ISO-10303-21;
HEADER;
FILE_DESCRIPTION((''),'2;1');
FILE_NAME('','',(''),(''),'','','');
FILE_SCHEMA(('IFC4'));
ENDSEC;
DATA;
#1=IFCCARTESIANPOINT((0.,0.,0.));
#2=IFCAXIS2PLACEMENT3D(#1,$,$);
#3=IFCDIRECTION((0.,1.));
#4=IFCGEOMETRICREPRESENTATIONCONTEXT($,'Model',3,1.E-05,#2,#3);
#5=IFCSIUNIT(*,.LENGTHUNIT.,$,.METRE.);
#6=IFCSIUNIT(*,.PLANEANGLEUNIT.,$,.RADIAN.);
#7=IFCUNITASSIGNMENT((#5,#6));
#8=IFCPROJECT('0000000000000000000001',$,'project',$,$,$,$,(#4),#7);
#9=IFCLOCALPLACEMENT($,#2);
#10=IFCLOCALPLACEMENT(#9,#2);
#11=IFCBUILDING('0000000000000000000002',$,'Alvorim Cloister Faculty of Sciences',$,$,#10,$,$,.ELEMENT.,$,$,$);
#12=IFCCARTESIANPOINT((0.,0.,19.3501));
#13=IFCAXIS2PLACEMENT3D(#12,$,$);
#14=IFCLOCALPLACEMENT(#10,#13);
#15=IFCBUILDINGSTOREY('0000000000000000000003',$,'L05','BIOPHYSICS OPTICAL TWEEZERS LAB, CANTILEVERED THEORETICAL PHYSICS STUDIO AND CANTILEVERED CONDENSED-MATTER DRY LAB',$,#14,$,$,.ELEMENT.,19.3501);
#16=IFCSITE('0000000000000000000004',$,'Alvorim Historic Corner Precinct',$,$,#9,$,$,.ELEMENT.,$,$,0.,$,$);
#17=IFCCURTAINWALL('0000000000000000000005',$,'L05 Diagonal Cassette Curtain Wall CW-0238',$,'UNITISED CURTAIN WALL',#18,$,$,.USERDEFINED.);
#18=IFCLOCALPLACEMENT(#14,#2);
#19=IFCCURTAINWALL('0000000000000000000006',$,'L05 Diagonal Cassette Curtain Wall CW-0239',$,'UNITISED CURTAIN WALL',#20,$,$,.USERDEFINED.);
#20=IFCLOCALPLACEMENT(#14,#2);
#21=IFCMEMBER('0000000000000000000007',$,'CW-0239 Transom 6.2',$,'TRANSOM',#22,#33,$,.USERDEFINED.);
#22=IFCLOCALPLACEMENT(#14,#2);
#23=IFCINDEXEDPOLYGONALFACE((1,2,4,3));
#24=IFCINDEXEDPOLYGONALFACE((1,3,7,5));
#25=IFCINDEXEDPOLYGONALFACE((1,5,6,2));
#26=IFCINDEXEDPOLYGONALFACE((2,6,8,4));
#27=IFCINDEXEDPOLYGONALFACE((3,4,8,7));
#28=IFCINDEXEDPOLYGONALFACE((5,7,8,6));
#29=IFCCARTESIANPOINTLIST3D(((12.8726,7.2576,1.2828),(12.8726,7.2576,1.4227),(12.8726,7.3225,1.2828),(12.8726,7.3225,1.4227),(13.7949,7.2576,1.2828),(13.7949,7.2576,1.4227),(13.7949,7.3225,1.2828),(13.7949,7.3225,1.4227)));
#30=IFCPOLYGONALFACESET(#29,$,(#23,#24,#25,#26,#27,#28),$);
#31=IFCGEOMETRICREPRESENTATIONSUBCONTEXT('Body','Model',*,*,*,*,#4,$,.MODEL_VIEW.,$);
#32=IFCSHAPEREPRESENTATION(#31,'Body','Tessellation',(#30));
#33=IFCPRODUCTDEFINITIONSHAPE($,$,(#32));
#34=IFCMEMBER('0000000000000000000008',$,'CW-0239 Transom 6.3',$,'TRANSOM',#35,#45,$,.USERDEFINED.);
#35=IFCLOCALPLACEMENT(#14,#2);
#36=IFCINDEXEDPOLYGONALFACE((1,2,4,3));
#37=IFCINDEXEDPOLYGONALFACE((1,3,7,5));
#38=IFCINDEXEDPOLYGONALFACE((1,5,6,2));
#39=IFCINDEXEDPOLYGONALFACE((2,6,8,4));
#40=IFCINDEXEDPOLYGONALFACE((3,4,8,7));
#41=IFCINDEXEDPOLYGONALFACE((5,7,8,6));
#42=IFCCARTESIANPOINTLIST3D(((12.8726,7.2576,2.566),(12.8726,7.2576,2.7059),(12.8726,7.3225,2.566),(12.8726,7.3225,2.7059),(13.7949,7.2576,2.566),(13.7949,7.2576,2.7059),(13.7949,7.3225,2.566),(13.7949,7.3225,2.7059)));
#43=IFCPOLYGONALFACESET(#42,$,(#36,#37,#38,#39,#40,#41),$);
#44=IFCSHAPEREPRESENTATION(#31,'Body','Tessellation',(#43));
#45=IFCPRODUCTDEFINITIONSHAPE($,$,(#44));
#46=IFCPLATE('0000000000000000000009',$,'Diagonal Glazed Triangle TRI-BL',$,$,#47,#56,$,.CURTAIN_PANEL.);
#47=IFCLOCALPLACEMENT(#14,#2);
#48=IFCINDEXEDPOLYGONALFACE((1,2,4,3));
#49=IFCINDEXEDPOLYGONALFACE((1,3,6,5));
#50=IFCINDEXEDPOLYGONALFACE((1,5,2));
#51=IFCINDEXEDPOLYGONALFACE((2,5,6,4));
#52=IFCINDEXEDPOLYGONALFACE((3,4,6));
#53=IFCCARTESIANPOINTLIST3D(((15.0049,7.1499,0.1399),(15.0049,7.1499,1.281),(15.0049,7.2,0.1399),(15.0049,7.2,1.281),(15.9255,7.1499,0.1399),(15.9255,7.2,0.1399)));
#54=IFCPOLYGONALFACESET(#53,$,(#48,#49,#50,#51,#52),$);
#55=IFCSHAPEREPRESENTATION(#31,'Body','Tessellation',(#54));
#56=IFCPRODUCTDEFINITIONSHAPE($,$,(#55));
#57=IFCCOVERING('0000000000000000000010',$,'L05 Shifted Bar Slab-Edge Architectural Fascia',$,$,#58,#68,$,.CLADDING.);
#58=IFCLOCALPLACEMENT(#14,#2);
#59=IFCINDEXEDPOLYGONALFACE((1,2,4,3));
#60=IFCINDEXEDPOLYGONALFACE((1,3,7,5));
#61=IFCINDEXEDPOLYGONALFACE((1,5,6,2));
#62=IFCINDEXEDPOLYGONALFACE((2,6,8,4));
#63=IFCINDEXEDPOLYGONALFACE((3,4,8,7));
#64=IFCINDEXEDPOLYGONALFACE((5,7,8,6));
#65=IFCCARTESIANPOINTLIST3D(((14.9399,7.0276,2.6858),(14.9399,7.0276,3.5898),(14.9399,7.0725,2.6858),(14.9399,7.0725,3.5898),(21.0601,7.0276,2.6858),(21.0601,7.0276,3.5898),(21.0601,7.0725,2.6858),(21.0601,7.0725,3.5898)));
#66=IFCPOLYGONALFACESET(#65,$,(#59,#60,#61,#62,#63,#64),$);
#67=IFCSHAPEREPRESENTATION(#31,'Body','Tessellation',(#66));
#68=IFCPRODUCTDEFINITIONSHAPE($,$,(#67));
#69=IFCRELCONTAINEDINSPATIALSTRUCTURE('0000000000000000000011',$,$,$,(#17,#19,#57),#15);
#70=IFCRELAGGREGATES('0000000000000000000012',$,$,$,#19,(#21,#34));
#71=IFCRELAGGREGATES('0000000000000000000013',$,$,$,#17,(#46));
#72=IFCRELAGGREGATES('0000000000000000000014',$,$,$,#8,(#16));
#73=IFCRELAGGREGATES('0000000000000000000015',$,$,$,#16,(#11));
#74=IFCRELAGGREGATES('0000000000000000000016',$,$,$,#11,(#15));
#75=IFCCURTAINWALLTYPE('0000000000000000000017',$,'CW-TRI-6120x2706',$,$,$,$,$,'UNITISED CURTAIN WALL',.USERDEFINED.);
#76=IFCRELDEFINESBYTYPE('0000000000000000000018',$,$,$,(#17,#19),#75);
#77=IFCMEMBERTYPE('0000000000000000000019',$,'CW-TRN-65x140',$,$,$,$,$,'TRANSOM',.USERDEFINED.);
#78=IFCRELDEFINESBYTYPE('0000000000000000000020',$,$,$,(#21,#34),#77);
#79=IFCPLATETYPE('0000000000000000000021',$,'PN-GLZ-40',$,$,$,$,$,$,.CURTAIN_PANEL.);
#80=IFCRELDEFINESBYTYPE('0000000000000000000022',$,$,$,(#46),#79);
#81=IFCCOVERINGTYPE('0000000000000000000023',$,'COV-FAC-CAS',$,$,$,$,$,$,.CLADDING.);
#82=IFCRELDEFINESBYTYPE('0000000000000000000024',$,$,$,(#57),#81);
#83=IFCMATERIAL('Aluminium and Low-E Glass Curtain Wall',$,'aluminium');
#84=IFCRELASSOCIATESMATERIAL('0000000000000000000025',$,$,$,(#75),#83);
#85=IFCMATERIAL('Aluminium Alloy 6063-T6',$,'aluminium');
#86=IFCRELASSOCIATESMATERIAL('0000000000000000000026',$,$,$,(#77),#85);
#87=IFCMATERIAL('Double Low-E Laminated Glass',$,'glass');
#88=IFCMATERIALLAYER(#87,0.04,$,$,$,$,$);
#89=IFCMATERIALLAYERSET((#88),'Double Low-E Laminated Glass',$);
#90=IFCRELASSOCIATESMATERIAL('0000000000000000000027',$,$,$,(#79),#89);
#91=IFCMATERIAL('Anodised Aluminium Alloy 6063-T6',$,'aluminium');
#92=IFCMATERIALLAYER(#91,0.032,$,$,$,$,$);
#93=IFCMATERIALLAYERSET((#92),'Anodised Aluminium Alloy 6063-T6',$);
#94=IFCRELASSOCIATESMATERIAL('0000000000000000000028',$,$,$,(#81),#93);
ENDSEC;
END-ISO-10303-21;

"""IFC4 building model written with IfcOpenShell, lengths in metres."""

from ifc_helpers import new_model, si_unit, direction, frame, origin, origin_2d, place, context, subcontext, project, spatial, polyline, rectangle, outline, extrude, material, layer, layer_set, material_profile, profile_set, type_object, element, aggregate, save


model = new_model("IFC4")

# Units and contexts
model_context = context("Model", 3, precision=1e-05, world=origin(), true_north=direction((0.0, 1.0)))
body_context = subcontext(model_context, "Body", "Model", "MODEL_VIEW")
ifc_project = project(units=[si_unit("LENGTHUNIT", "METRE"), si_unit("PLANEANGLEUNIT", "RADIAN")], contexts=[model_context])

# Site, building, storey
site_placement = place(None, origin())
site = spatial("IfcSite", under=ifc_project, at=site_placement, Name="Alvorim Historic Corner Precinct", CompositionType="ELEMENT", RefElevation=0.0)
building_placement = place(site_placement, origin())
building = spatial("IfcBuilding", under=site, at=building_placement, Name="Alvorim Cloister Faculty of Sciences", CompositionType="ELEMENT")
storey_placement = place(building_placement, frame((0.0, 0.0, 19.3501)))
storey = spatial("IfcBuildingStorey", under=building, at=storey_placement, Name="L05", Description="BIOPHYSICS OPTICAL TWEEZERS LAB, CANTILEVERED THEORETICAL PHYSICS STUDIO AND CANTILEVERED CONDENSED-MATTER DRY LAB", CompositionType="ELEMENT", Elevation=19.3501)

# Curtain wall
ifc_material_1 = material(Name="Aluminium and Low-E Glass Curtain Wall", Category="aluminium")
curtain_wall_type = type_object("IfcCurtainWallType", Name="CW-TRI-6120x2706", ElementType="UNITISED CURTAIN WALL", PredefinedType="USERDEFINED", material=ifc_material_1)
curtain_wall_1_placement = place(storey_placement, origin())
curtain_wall_1 = element("IfcCurtainWall", 1, at=curtain_wall_1_placement, inside=storey, type_object=curtain_wall_type, Name="L05 Diagonal Cassette Curtain Wall CW-0238", ObjectType="UNITISED CURTAIN WALL", PredefinedType="USERDEFINED")
ifc_material_2 = material(Name="Aluminium Alloy 6063-T6", Category="aluminium")

# Curtain wall
curtain_wall_2_placement = place(storey_placement, origin())
curtain_wall_2 = element("IfcCurtainWall", 2, at=curtain_wall_2_placement, inside=storey, type_object=curtain_wall_type, Name="L05 Diagonal Cassette Curtain Wall CW-0239", ObjectType="UNITISED CURTAIN WALL", PredefinedType="USERDEFINED")

# Members
ifc_material_profile_1 = material_profile(ifc_material_2, rectangle(XDim=0.0649, YDim=0.1399, at=origin_2d()), Name="ALU-TRN-65x140")
ifc_profile_set_1 = profile_set([ifc_material_profile_1], Name="Aluminium Alloy 6063-T6")
member_type_1 = type_object("IfcMemberType", Name="CW-TRN-65x140", ElementType="TRANSOM", PredefinedType="USERDEFINED", material=ifc_profile_set_1)
member_1_placement = place(storey_placement, frame((12.8726, 7.29, 1.3528), z_axis=(1.0, 0.0, 0.0), x_axis=(0.0, 1.0, 0.0)))
member_1 = element("IfcMember", 3, at=member_1_placement, type_object=member_type_1, Name="CW-0239 Transom 6.2", ObjectType="TRANSOM", PredefinedType="USERDEFINED", context=body_context, shape_type="SweptSolid", body=[
    extrude(rectangle(XDim=0.0649, YDim=0.1399, at=origin_2d()), origin(), (0.0, 0.0, 1.0), 0.9224),
])
member_2_placement = place(storey_placement, frame((12.8726, 7.29, 2.636), z_axis=(1.0, 0.0, 0.0), x_axis=(0.0, 1.0, 0.0)))
member_2 = element("IfcMember", 4, at=member_2_placement, type_object=member_type_1, Name="CW-0239 Transom 6.3", ObjectType="TRANSOM", PredefinedType="USERDEFINED", context=body_context, shape_type="SweptSolid", body=[
    extrude(rectangle(XDim=0.0649, YDim=0.1399, at=origin_2d()), origin(), (0.0, 0.0, 1.0), 0.9224),
])
aggregate(curtain_wall_2, [member_1, member_2])

# Plate
ifc_material_3 = material(Name="Double Low-E Laminated Glass", Category="glass")
ifc_layer_1 = layer(ifc_material_3, 0.04)
ifc_layer_set_1 = layer_set([ifc_layer_1], Name="Double Low-E Laminated Glass")
plate_type = type_object("IfcPlateType", Name="PN-GLZ-40", PredefinedType="CURTAIN_PANEL", material=ifc_layer_set_1)
plate_1_placement = place(storey_placement, frame((15.0049, 7.175, 0.1399), z_axis=(0.0, 0.0, 1.0), x_axis=(1.0, 0.0, 0.0)))
plate_1 = element("IfcPlate", 5, at=plate_1_placement, type_object=plate_type, Name="Diagonal Glazed Triangle TRI-BL", PredefinedType="CURTAIN_PANEL", context=body_context, shape_type="SweptSolid", body=[
    extrude(outline(polyline([(0.0, 0.0), (0.9207, 0.0), (0.0, 1.1411), (0.0, 0.0)])), frame((0.0, 0.0249, 0.0), z_axis=(0.0, -1.0, 0.0), x_axis=(1.0, 0.0, 0.0)), (0.0, 0.0, 1.0), 0.05),
])
aggregate(curtain_wall_1, [plate_1])

# Covering
ifc_material_4 = material(Name="Anodised Aluminium Alloy 6063-T6", Category="aluminium")
ifc_layer_2 = layer(ifc_material_4, 0.032)
ifc_layer_set_2 = layer_set([ifc_layer_2], Name="Anodised Aluminium Alloy 6063-T6")
covering_type = type_object("IfcCoveringType", Name="COV-FAC-CAS", PredefinedType="CLADDING", material=ifc_layer_set_2)
covering_placement = place(storey_placement, frame((14.9399, 7.05, 2.6858), z_axis=(0.0, 0.0, 1.0), x_axis=(1.0, 0.0, 0.0)))
element("IfcCovering", 6, at=covering_placement, inside=storey, type_object=covering_type, Name="L05 Shifted Bar Slab-Edge Architectural Fascia", PredefinedType="CLADDING", context=body_context, shape_type="SweptSolid", body=[
    extrude(outline(polyline([(0.0, 0.0), (6.1201, 0.0), (6.1201, 0.9041), (0.0, 0.9041), (0.0, 0.0)])), frame((0.0, 0.0225, 0.0), z_axis=(0.0, -1.0, 0.0), x_axis=(1.0, 0.0, 0.0)), (0.0, 0.0, 1.0), 0.0449),
])

save(model, "model.ifc")
